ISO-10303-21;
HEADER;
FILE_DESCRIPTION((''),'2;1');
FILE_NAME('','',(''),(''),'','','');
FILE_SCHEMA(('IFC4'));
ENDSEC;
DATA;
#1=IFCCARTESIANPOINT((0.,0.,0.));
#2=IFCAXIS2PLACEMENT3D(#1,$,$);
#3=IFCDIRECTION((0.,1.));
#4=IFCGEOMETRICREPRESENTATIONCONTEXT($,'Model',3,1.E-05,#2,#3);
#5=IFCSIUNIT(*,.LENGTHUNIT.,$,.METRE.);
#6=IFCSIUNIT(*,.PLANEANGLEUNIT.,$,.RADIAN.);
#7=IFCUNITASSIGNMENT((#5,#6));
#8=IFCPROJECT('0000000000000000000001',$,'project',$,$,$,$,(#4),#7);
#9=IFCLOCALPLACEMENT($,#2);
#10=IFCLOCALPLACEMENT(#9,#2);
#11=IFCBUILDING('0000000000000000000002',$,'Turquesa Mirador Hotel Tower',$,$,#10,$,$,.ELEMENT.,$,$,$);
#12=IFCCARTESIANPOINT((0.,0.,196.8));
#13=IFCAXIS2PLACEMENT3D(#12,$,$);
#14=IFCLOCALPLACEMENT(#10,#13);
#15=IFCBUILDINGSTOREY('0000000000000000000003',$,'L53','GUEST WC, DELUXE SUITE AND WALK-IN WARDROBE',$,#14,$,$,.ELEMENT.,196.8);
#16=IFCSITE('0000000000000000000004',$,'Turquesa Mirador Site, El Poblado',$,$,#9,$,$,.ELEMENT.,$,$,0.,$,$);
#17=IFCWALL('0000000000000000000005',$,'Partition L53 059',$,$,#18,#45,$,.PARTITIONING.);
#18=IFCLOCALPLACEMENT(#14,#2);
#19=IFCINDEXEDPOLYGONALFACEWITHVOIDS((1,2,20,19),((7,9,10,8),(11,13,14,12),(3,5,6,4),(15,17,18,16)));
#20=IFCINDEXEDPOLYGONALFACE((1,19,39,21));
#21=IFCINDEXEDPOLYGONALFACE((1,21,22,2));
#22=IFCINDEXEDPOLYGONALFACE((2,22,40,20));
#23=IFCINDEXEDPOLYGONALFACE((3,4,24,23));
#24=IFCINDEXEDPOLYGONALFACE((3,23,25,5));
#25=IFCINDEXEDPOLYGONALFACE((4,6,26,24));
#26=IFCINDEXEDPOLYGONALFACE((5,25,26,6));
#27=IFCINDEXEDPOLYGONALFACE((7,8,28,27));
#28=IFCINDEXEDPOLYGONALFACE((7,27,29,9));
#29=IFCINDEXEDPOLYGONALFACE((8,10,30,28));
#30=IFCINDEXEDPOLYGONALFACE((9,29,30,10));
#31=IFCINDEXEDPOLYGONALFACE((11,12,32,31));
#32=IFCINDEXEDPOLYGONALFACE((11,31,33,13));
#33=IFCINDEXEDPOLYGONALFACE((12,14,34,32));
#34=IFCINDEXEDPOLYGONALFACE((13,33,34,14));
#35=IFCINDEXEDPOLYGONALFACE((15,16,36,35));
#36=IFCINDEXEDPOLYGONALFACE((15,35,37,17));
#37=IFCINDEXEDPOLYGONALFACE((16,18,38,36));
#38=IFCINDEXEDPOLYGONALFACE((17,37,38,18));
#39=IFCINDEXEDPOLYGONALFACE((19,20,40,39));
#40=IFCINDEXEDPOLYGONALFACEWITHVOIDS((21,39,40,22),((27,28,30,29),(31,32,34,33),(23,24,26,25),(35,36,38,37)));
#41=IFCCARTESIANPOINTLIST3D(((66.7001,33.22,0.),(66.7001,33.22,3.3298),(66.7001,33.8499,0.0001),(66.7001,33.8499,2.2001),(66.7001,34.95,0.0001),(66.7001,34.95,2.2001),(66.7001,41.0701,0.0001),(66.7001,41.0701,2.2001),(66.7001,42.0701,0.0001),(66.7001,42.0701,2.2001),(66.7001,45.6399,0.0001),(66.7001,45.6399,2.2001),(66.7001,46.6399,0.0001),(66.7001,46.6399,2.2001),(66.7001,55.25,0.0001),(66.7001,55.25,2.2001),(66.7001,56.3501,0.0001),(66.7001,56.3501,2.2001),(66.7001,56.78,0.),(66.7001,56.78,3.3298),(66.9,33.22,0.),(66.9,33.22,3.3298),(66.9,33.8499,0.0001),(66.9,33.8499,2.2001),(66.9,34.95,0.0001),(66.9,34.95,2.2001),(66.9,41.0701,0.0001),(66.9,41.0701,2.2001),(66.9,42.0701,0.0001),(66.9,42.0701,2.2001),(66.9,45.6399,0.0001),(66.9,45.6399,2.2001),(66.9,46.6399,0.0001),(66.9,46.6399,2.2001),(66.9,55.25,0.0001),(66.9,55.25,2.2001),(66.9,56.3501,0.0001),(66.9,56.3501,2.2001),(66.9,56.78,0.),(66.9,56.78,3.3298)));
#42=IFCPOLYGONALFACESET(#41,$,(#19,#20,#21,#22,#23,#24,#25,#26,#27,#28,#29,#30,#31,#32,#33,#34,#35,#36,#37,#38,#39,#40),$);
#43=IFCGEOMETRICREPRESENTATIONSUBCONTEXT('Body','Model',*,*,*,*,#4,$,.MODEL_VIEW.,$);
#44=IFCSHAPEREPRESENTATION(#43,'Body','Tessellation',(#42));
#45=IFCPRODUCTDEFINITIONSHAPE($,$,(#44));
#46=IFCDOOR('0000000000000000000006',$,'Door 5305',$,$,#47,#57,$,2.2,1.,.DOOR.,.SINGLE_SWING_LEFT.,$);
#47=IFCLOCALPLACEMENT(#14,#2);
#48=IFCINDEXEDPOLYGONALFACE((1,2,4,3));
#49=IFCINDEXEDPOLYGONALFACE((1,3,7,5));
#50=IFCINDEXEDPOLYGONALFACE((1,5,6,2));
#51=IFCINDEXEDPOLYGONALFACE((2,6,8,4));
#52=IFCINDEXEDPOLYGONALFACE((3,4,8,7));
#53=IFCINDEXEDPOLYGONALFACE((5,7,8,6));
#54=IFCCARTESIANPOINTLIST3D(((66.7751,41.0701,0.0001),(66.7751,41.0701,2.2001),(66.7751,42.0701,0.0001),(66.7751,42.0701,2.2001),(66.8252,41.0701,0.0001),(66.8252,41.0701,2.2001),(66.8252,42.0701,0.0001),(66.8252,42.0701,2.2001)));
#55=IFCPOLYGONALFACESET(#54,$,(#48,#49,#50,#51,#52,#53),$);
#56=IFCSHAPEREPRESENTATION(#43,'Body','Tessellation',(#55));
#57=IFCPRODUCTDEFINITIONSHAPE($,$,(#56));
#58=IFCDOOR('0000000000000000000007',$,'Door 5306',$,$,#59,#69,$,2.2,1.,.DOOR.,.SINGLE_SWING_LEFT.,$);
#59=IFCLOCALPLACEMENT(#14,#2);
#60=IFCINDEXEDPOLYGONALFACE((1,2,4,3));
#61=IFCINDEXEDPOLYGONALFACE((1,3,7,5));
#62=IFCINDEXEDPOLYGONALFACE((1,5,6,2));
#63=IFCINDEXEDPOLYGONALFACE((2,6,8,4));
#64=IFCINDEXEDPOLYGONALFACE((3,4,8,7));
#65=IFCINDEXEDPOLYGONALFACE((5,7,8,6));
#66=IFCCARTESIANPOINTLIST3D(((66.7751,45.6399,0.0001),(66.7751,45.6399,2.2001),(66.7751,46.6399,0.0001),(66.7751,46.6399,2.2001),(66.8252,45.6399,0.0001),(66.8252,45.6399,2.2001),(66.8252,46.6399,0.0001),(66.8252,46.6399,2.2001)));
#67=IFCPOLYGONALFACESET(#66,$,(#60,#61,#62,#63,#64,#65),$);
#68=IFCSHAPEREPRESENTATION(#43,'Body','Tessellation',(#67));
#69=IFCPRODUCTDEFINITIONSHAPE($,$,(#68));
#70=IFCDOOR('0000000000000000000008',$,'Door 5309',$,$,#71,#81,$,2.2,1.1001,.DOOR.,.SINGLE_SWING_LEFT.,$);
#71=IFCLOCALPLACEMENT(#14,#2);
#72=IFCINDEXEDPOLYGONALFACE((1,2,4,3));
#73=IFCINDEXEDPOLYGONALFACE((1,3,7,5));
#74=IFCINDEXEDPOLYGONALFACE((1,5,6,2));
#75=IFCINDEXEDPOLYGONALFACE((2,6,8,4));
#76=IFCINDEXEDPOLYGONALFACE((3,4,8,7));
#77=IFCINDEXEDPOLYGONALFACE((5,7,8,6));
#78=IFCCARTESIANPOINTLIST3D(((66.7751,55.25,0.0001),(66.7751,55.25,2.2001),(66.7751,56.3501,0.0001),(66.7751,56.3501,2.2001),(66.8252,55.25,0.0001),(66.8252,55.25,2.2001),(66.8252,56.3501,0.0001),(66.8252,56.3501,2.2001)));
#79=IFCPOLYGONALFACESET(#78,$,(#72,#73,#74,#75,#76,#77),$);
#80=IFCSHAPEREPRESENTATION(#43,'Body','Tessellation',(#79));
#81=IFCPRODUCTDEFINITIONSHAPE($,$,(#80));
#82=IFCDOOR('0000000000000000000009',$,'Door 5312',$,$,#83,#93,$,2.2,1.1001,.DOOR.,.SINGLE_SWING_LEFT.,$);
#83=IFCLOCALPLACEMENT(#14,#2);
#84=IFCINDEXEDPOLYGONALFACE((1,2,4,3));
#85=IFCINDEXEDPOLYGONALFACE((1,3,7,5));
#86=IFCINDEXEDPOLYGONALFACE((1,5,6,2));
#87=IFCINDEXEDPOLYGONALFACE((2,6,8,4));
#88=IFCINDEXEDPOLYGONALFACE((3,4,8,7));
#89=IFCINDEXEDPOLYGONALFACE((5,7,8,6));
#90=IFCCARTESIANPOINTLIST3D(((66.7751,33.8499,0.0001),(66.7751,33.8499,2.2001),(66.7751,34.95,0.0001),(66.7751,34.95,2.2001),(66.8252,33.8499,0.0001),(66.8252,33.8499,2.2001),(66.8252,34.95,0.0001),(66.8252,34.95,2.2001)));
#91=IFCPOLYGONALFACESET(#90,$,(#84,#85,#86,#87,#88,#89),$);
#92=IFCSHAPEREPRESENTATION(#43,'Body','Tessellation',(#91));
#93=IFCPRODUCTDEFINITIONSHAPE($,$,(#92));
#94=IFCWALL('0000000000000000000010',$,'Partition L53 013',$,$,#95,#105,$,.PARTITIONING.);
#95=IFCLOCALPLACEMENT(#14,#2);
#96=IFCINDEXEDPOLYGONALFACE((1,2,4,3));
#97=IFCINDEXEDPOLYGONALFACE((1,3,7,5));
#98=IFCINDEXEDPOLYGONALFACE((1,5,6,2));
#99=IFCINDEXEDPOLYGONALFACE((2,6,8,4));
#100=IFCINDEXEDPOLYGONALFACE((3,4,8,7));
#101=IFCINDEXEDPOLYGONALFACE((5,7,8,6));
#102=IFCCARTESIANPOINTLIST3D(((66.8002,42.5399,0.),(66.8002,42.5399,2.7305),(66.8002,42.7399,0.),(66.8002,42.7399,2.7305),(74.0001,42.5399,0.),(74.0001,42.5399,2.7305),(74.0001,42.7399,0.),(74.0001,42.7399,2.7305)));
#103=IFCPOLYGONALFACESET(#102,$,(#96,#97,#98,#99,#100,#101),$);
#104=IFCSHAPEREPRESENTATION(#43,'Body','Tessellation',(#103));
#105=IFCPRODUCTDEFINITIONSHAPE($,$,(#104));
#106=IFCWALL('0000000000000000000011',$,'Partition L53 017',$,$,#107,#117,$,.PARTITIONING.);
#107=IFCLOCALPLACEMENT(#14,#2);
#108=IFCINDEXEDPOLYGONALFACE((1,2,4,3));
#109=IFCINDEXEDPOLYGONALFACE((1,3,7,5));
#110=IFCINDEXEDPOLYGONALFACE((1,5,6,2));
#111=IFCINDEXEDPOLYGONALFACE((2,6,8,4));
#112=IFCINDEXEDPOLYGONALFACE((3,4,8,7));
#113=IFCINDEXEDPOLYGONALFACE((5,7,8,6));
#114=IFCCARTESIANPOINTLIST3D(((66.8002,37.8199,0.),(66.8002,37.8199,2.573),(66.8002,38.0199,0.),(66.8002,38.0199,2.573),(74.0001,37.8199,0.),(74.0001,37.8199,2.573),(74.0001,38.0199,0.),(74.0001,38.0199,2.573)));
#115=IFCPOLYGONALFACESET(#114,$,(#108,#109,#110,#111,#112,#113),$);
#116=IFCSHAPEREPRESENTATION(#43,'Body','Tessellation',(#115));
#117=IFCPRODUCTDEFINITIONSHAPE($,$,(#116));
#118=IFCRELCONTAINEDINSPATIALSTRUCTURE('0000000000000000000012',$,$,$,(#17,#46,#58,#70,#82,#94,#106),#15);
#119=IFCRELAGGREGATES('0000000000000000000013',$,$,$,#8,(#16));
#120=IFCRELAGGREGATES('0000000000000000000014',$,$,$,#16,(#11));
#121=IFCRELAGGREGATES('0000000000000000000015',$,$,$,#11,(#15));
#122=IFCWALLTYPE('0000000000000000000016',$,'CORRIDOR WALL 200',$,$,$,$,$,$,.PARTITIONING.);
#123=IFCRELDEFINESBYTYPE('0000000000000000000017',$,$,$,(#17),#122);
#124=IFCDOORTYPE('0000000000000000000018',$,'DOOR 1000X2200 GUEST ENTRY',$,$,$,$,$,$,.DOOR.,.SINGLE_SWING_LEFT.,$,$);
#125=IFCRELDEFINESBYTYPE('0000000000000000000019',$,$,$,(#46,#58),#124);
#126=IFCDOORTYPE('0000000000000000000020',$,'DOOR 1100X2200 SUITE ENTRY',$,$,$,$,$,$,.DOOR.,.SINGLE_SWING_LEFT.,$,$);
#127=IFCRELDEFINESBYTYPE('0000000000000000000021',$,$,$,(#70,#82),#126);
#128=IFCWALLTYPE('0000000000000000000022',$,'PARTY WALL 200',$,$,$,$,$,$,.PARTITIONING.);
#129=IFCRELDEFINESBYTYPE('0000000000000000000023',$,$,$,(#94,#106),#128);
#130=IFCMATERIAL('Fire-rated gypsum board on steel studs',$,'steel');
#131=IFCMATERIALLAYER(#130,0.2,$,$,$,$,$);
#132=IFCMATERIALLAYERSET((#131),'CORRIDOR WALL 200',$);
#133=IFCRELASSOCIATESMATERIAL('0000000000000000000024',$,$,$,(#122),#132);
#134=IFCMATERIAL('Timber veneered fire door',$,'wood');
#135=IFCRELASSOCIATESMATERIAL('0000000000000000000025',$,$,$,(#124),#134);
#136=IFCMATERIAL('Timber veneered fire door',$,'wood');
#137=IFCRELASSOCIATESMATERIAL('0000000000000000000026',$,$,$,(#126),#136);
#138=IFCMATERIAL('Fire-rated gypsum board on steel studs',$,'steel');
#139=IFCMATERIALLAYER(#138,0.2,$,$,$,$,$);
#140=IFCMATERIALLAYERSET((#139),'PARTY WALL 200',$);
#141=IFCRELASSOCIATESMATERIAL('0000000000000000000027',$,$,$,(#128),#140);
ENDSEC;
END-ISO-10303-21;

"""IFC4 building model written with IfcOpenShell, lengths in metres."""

from ifc_helpers import new_model, si_unit, direction, frame, frame_2d, origin, place, context, subcontext, project, spatial, rectangle, extrude, material, layer, layer_set, type_object, element, fill, save


model = new_model("IFC4")

# Units and contexts
model_context = context("Model", 3, precision=1e-05, world=origin(), true_north=direction((0.0, 1.0)))
body_context = subcontext(model_context, "Body", "Model", "MODEL_VIEW")
ifc_project = project(units=[si_unit("LENGTHUNIT", "METRE"), si_unit("PLANEANGLEUNIT", "RADIAN")], contexts=[model_context])

# Site, building, storey
site_placement = place(None, origin())
site = spatial("IfcSite", under=ifc_project, at=site_placement, Name="Turquesa Mirador Site, El Poblado", CompositionType="ELEMENT", RefElevation=0.0)
building_placement = place(site_placement, origin())
building = spatial("IfcBuilding", under=site, at=building_placement, Name="Turquesa Mirador Hotel Tower", CompositionType="ELEMENT")
storey_placement = place(building_placement, frame((0.0, 0.0, 196.8)))
storey = spatial("IfcBuildingStorey", under=building, at=storey_placement, Name="L53", Description="GUEST WC, DELUXE SUITE AND WALK-IN WARDROBE", CompositionType="ELEMENT", Elevation=196.8)

# Wall, openings, doors
ifc_material_1 = material(Name="Fire-rated gypsum board on steel studs", Category="steel")
ifc_layer_1 = layer(ifc_material_1, 0.2)
ifc_layer_set_1 = layer_set([ifc_layer_1], Name="CORRIDOR WALL 200")
wall_type_1 = type_object("IfcWallType", Name="CORRIDOR WALL 200", PredefinedType="PARTITIONING", material=ifc_layer_set_1)
wall_1_placement = place(storey_placement, frame((66.8, 33.22, 0.0), z_axis=(0.0, 0.0, 1.0), x_axis=(0.0, 1.0, 0.0)))
wall_1 = element("IfcWall", 1, at=wall_1_placement, inside=storey, type_object=wall_type_1, Name="Partition L53 059", PredefinedType="PARTITIONING", context=body_context, shape_type="SweptSolid", body=[
    extrude(rectangle(XDim=23.5601, YDim=0.2, at=frame_2d((11.78, 0.0))), origin(), (0.0, 0.0, 1.0), 3.3298),
])
opening_1_placement = place(wall_1_placement, frame((7.8501, 0.0, 0.0)))
opening_1 = element("IfcOpeningElement", 2, at=opening_1_placement, cuts=wall_1, PredefinedType="OPENING", context=body_context, shape_type="SweptSolid", body=[
    extrude(rectangle(XDim=1.0, YDim=2.2, at=frame_2d((0.5, 1.1001))), frame((0.0, 0.1099, 0.0), z_axis=(0.0, -1.0, 0.0), x_axis=(1.0, 0.0, 0.0)), (0.0, 0.0, 1.0), 0.22),
])
opening_2_placement = place(wall_1_placement, frame((12.4199, 0.0, 0.0)))
opening_2 = element("IfcOpeningElement", 3, at=opening_2_placement, cuts=wall_1, PredefinedType="OPENING", context=body_context, shape_type="SweptSolid", body=[
    extrude(rectangle(XDim=1.0, YDim=2.2, at=frame_2d((0.5, 1.1001))), frame((0.0, 0.1099, 0.0), z_axis=(0.0, -1.0, 0.0), x_axis=(1.0, 0.0, 0.0)), (0.0, 0.0, 1.0), 0.22),
])
opening_3_placement = place(wall_1_placement, frame((22.03, 0.0, 0.0)))
opening_3 = element("IfcOpeningElement", 4, at=opening_3_placement, cuts=wall_1, PredefinedType="OPENING", context=body_context, shape_type="SweptSolid", body=[
    extrude(rectangle(XDim=1.1001, YDim=2.2, at=frame_2d((0.55, 1.1001))), frame((0.0, 0.1099, 0.0), z_axis=(0.0, -1.0, 0.0), x_axis=(1.0, 0.0, 0.0)), (0.0, 0.0, 1.0), 0.22),
])
opening_4_placement = place(wall_1_placement, frame((0.6299, 0.0, 0.0)))
opening_4 = element("IfcOpeningElement", 5, at=opening_4_placement, cuts=wall_1, PredefinedType="OPENING", context=body_context, shape_type="SweptSolid", body=[
    extrude(rectangle(XDim=1.1001, YDim=2.2, at=frame_2d((0.55, 1.1001))), frame((0.0, 0.1099, 0.0), z_axis=(0.0, -1.0, 0.0), x_axis=(1.0, 0.0, 0.0)), (0.0, 0.0, 1.0), 0.22),
])
ifc_material_2 = material(Name="Timber veneered fire door", Category="wood")
door_type_1 = type_object("IfcDoorType", Name="DOOR 1000X2200 GUEST ENTRY", OperationType="SINGLE_SWING_LEFT", PredefinedType="DOOR", material=ifc_material_2)
door_1_placement = place(opening_1_placement, origin())
door_1 = element("IfcDoor", 6, at=door_1_placement, inside=storey, type_object=door_type_1, Name="Door 5305", OperationType="SINGLE_SWING_LEFT", OverallHeight=2.2, OverallWidth=1.0, PredefinedType="DOOR", context=body_context, shape_type="SweptSolid", body=[
    extrude(rectangle(XDim=1.0, YDim=2.2, at=frame_2d((0.5, 1.1001))), frame((0.0, 0.0249, 0.0), z_axis=(0.0, -1.0, 0.0), x_axis=(1.0, 0.0, 0.0)), (0.0, 0.0, 1.0), 0.05),
])
fill(opening_1, door_1)
door_2_placement = place(opening_2_placement, origin())
door_2 = element("IfcDoor", 7, at=door_2_placement, inside=storey, type_object=door_type_1, Name="Door 5306", OperationType="SINGLE_SWING_LEFT", OverallHeight=2.2, OverallWidth=1.0, PredefinedType="DOOR", context=body_context, shape_type="SweptSolid", body=[
    extrude(rectangle(XDim=1.0, YDim=2.2, at=frame_2d((0.5, 1.1001))), frame((0.0, 0.0249, 0.0), z_axis=(0.0, -1.0, 0.0), x_axis=(1.0, 0.0, 0.0)), (0.0, 0.0, 1.0), 0.05),
])
fill(opening_2, door_2)
ifc_material_3 = material(Name="Timber veneered fire door", Category="wood")
door_type_2 = type_object("IfcDoorType", Name="DOOR 1100X2200 SUITE ENTRY", OperationType="SINGLE_SWING_LEFT", PredefinedType="DOOR", material=ifc_material_3)
door_3_placement = place(opening_3_placement, origin())
door_3 = element("IfcDoor", 8, at=door_3_placement, inside=storey, type_object=door_type_2, Name="Door 5309", OperationType="SINGLE_SWING_LEFT", OverallHeight=2.2, OverallWidth=1.1001, PredefinedType="DOOR", context=body_context, shape_type="SweptSolid", body=[
    extrude(rectangle(XDim=1.1001, YDim=2.2, at=frame_2d((0.55, 1.1001))), frame((0.0, 0.0249, 0.0), z_axis=(0.0, -1.0, 0.0), x_axis=(1.0, 0.0, 0.0)), (0.0, 0.0, 1.0), 0.05),
])
fill(opening_3, door_3)
door_4_placement = place(opening_4_placement, origin())
door_4 = element("IfcDoor", 9, at=door_4_placement, inside=storey, type_object=door_type_2, Name="Door 5312", OperationType="SINGLE_SWING_LEFT", OverallHeight=2.2, OverallWidth=1.1001, PredefinedType="DOOR", context=body_context, shape_type="SweptSolid", body=[
    extrude(rectangle(XDim=1.1001, YDim=2.2, at=frame_2d((0.55, 1.1001))), frame((0.0, 0.0249, 0.0), z_axis=(0.0, -1.0, 0.0), x_axis=(1.0, 0.0, 0.0)), (0.0, 0.0, 1.0), 0.05),
])
fill(opening_4, door_4)

# Walls
ifc_material_4 = material(Name="Fire-rated gypsum board on steel studs", Category="steel")
ifc_layer_2 = layer(ifc_material_4, 0.2)
ifc_layer_set_2 = layer_set([ifc_layer_2], Name="PARTY WALL 200")
wall_type_2 = type_object("IfcWallType", Name="PARTY WALL 200", PredefinedType="PARTITIONING", material=ifc_layer_set_2)
wall_2_placement = place(storey_placement, frame((66.8, 42.6399, 0.0), z_axis=(0.0, 0.0, 1.0), x_axis=(1.0, 0.0, 0.0)))
element("IfcWall", 10, at=wall_2_placement, inside=storey, type_object=wall_type_2, Name="Partition L53 013", PredefinedType="PARTITIONING", context=body_context, shape_type="SweptSolid", body=[
    extrude(rectangle(XDim=7.2, YDim=0.2, at=frame_2d((3.6001, 0.0))), origin(), (0.0, 0.0, 1.0), 2.7305),
])
wall_3_placement = place(storey_placement, frame((66.8, 37.9199, 0.0), z_axis=(0.0, 0.0, 1.0), x_axis=(1.0, 0.0, 0.0)))
element("IfcWall", 11, at=wall_3_placement, inside=storey, type_object=wall_type_2, Name="Partition L53 017", PredefinedType="PARTITIONING", context=body_context, shape_type="SweptSolid", body=[
    extrude(rectangle(XDim=7.2, YDim=0.2, at=frame_2d((3.6001, 0.0))), origin(), (0.0, 0.0, 1.0), 2.573),
])

save(model, "model.ifc")
